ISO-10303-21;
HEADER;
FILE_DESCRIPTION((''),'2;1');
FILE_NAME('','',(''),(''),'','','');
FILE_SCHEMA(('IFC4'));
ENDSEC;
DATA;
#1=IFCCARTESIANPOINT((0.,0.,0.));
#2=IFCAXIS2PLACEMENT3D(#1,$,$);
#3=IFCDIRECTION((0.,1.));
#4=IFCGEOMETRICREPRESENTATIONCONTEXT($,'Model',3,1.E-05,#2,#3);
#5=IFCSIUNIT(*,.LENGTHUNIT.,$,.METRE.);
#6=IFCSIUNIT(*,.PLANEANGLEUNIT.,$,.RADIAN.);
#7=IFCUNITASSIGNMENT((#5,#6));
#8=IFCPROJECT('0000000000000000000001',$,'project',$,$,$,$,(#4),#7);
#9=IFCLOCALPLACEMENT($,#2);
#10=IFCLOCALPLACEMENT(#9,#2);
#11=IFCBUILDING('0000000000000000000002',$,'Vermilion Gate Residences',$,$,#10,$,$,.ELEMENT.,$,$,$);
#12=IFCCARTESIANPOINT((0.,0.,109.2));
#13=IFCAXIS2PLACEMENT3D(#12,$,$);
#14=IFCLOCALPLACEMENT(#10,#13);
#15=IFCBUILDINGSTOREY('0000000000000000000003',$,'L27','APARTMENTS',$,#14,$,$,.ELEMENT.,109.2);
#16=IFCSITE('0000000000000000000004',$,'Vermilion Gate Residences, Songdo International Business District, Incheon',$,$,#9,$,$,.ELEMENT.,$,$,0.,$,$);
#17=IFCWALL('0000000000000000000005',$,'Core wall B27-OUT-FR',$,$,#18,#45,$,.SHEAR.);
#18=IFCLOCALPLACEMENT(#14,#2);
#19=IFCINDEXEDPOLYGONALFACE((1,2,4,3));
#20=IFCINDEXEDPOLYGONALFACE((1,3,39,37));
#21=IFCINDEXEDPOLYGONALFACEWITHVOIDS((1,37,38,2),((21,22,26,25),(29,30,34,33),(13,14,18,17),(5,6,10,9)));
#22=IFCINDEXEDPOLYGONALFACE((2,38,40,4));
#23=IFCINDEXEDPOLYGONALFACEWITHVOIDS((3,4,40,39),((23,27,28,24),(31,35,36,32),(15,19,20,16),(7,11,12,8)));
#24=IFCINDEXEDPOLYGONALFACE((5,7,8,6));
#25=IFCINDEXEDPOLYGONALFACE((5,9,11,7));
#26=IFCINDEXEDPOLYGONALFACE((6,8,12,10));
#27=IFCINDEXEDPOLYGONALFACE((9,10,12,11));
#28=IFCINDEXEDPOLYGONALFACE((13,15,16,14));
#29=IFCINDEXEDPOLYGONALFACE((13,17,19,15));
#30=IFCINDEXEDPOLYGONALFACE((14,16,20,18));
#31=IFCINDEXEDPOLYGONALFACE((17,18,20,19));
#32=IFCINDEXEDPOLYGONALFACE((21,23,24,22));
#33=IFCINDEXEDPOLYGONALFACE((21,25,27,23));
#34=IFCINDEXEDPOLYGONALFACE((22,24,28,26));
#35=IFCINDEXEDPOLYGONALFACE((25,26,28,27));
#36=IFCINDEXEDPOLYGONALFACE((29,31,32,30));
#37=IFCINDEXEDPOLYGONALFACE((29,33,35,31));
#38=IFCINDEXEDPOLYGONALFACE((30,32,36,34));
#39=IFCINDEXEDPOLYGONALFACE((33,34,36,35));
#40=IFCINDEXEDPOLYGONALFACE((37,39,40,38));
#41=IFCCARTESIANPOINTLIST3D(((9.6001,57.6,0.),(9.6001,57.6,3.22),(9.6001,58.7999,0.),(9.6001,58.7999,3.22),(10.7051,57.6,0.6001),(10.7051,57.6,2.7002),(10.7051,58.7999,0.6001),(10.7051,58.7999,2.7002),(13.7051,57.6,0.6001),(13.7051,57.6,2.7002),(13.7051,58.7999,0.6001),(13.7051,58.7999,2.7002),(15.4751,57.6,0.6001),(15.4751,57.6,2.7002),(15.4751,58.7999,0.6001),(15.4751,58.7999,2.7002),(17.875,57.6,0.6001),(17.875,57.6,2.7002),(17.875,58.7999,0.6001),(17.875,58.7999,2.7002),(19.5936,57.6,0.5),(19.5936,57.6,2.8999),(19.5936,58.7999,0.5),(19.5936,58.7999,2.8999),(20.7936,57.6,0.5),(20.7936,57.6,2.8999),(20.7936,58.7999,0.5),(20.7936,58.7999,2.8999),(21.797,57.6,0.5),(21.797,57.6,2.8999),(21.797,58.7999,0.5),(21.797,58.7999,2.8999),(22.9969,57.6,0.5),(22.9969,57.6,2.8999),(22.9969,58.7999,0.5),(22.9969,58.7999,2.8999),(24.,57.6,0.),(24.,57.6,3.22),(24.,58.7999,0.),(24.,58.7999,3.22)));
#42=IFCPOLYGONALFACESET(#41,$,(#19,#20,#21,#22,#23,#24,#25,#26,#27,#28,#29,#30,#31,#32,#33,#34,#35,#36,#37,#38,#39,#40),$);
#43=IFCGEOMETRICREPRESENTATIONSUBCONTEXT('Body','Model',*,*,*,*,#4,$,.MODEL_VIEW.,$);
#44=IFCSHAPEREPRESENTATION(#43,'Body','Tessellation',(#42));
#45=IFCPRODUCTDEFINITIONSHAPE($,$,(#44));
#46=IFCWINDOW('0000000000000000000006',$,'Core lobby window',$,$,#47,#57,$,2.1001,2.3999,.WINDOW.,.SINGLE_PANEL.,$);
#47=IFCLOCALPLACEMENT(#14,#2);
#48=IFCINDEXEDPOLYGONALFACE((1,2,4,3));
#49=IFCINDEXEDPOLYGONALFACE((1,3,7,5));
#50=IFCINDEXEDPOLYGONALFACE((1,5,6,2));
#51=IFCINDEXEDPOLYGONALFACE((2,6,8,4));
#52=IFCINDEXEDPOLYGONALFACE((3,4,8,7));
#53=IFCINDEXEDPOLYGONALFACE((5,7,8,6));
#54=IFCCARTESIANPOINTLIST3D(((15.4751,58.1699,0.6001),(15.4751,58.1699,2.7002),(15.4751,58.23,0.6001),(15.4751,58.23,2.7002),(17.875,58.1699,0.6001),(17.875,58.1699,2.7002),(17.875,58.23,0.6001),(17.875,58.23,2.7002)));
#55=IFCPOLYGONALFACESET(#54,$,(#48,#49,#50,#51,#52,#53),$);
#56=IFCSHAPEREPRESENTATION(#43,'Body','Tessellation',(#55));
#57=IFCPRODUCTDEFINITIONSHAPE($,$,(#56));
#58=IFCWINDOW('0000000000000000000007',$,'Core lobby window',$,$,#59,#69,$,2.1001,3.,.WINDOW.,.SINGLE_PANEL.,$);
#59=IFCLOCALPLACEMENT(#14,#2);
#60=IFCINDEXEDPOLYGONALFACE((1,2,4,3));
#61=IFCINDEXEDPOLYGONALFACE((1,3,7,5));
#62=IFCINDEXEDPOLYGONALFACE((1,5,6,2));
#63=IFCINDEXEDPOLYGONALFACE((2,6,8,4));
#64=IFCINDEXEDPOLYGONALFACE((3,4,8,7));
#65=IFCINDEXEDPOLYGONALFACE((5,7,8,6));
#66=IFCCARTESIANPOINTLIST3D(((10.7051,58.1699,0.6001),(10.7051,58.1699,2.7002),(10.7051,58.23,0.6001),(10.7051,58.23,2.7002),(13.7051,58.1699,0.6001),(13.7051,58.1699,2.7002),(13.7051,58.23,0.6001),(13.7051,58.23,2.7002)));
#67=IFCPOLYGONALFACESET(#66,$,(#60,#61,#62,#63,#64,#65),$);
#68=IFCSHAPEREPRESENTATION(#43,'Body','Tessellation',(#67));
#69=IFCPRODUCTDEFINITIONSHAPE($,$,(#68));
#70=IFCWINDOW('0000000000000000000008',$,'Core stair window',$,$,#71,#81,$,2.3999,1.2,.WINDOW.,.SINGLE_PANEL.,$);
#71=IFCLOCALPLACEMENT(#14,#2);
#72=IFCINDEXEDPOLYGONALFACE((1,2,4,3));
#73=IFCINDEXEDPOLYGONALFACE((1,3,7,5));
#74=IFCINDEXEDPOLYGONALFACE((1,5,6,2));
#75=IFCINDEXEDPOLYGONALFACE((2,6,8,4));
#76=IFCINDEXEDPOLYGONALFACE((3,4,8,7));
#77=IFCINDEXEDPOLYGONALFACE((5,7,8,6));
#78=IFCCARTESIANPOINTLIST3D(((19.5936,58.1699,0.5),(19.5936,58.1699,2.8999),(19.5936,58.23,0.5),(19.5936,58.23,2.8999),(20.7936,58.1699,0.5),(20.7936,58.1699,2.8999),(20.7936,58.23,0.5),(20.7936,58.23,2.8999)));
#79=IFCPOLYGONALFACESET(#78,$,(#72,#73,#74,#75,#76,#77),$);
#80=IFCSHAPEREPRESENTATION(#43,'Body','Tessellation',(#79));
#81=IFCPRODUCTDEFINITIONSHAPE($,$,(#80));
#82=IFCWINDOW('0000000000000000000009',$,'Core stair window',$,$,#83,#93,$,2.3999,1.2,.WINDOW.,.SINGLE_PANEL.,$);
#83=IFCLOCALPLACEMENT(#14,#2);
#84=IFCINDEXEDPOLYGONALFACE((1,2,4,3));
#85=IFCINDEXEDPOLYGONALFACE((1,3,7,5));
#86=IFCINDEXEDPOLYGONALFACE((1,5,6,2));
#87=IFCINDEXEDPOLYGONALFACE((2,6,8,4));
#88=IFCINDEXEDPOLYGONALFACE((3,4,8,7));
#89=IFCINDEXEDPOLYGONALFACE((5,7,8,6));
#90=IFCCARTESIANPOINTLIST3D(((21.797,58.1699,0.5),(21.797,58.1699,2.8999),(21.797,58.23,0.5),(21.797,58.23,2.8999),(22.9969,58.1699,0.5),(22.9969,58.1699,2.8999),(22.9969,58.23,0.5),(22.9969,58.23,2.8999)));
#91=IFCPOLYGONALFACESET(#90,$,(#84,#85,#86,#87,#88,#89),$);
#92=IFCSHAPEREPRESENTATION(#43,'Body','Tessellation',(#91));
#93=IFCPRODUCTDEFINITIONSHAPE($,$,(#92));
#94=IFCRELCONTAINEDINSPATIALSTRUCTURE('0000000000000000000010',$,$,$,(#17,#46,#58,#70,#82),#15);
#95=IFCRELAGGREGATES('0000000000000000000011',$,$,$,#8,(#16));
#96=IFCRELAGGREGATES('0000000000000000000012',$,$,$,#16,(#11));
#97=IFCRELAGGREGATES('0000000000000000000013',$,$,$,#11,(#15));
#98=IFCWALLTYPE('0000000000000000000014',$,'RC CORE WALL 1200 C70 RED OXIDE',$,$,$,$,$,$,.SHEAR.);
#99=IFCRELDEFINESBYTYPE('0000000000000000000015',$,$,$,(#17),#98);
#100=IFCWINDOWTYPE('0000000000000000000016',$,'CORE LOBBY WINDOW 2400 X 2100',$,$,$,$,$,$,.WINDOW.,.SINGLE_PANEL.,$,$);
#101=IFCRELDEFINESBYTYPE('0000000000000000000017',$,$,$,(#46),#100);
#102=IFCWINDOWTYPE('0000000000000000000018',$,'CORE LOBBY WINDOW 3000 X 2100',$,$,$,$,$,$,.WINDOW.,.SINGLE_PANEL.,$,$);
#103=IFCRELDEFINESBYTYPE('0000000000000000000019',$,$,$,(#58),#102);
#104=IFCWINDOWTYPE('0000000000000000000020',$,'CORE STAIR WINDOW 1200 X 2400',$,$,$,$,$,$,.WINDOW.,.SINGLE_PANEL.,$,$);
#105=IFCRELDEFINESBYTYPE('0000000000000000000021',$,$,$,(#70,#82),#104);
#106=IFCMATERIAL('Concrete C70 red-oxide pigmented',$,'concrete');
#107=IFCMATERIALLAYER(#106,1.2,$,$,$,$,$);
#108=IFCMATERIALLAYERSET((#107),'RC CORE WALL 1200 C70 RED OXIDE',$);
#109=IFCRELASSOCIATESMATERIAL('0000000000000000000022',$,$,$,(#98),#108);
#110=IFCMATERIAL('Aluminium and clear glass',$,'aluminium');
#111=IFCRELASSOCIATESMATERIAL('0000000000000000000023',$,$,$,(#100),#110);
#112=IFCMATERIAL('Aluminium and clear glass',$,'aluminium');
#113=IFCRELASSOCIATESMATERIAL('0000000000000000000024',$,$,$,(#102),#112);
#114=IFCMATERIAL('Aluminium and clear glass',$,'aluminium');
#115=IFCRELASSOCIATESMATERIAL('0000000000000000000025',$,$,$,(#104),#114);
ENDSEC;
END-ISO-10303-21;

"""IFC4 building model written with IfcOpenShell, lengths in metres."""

from ifc_helpers import new_model, si_unit, direction, frame, frame_2d, origin, place, context, subcontext, project, spatial, rectangle, extrude, material, layer, layer_set, type_object, element, fill, save


model = new_model("IFC4")

# Units and contexts
model_context = context("Model", 3, precision=1e-05, world=origin(), true_north=direction((0.0, 1.0)))
body_context = subcontext(model_context, "Body", "Model", "MODEL_VIEW")
ifc_project = project(units=[si_unit("LENGTHUNIT", "METRE"), si_unit("PLANEANGLEUNIT", "RADIAN")], contexts=[model_context])

# Site, building, storey
site_placement = place(None, origin())
site = spatial("IfcSite", under=ifc_project, at=site_placement, Name="Vermilion Gate Residences, Songdo International Business District, Incheon", CompositionType="ELEMENT", RefElevation=0.0)
building_placement = place(site_placement, origin())
building = spatial("IfcBuilding", under=site, at=building_placement, Name="Vermilion Gate Residences", CompositionType="ELEMENT")
storey_placement = place(building_placement, frame((0.0, 0.0, 109.2)))
storey = spatial("IfcBuildingStorey", under=building, at=storey_placement, Name="L27", Description="APARTMENTS", CompositionType="ELEMENT", Elevation=109.2)

# Wall, openings, windows
ifc_material_1 = material(Name="Concrete C70 red-oxide pigmented", Category="concrete")
ifc_layer_1 = layer(ifc_material_1, 1.2)
ifc_layer_set_1 = layer_set([ifc_layer_1], Name="RC CORE WALL 1200 C70 RED OXIDE")
wall_type_1 = type_object("IfcWallType", Name="RC CORE WALL 1200 C70 RED OXIDE", PredefinedType="SHEAR", material=ifc_layer_set_1)
wall_1_placement = place(storey_placement, frame((9.6001, 58.2, 0.0), z_axis=(0.0, 0.0, 1.0), x_axis=(1.0, 0.0, 0.0)))
wall_1 = element("IfcWall", 1, at=wall_1_placement, inside=storey, type_object=wall_type_1, Name="Core wall B27-OUT-FR", PredefinedType="SHEAR", context=body_context, shape_type="SweptSolid", body=[
    extrude(rectangle(XDim=14.3999, YDim=1.2, at=frame_2d((7.2, 0.0))), origin(), (0.0, 0.0, 1.0), 3.22),
])
opening_1_placement = place(wall_1_placement, frame((1.105, 0.0, 0.6001)))
opening_1 = element("IfcOpeningElement", 2, at=opening_1_placement, cuts=wall_1, PredefinedType="OPENING", context=body_context, shape_type="SweptSolid", body=[
    extrude(rectangle(XDim=3.0, YDim=2.1001, at=frame_2d((1.5, 1.05))), frame((0.0, 0.6099, 0.0), z_axis=(0.0, -1.0, 0.0), x_axis=(1.0, 0.0, 0.0)), (0.0, 0.0, 1.0), 1.22),
])
opening_2_placement = place(wall_1_placement, frame((5.875, 0.0, 0.6001)))
opening_2 = element("IfcOpeningElement", 3, at=opening_2_placement, cuts=wall_1, PredefinedType="OPENING", context=body_context, shape_type="SweptSolid", body=[
    extrude(rectangle(XDim=2.3999, YDim=2.1001, at=frame_2d((1.2, 1.05))), frame((0.0, 0.6099, 0.0), z_axis=(0.0, -1.0, 0.0), x_axis=(1.0, 0.0, 0.0)), (0.0, 0.0, 1.0), 1.22),
])
opening_3_placement = place(wall_1_placement, frame((9.9934, 0.0, 0.5)))
opening_3 = element("IfcOpeningElement", 4, at=opening_3_placement, cuts=wall_1, PredefinedType="OPENING", context=body_context, shape_type="SweptSolid", body=[
    extrude(rectangle(XDim=1.2, YDim=2.3999, at=frame_2d((0.6001, 1.2))), frame((0.0, 0.6099, 0.0), z_axis=(0.0, -1.0, 0.0), x_axis=(1.0, 0.0, 0.0)), (0.0, 0.0, 1.0), 1.22),
])
opening_4_placement = place(wall_1_placement, frame((12.1968, 0.0, 0.5)))
opening_4 = element("IfcOpeningElement", 5, at=opening_4_placement, cuts=wall_1, PredefinedType="OPENING", context=body_context, shape_type="SweptSolid", body=[
    extrude(rectangle(XDim=1.2, YDim=2.3999, at=frame_2d((0.6001, 1.2))), frame((0.0, 0.6099, 0.0), z_axis=(0.0, -1.0, 0.0), x_axis=(1.0, 0.0, 0.0)), (0.0, 0.0, 1.0), 1.22),
])
ifc_material_2 = material(Name="Aluminium and clear glass", Category="aluminium")
window_type_1 = type_object("IfcWindowType", Name="CORE LOBBY WINDOW 2400 X 2100", PartitioningType="SINGLE_PANEL", PredefinedType="WINDOW", material=ifc_material_2)
window_1_placement = place(opening_2_placement, origin())
window_1 = element("IfcWindow", 6, at=window_1_placement, inside=storey, type_object=window_type_1, Name="Core lobby window", OverallHeight=2.1001, OverallWidth=2.3999, PartitioningType="SINGLE_PANEL", PredefinedType="WINDOW", context=body_context, shape_type="SweptSolid", body=[
    extrude(rectangle(XDim=2.3999, YDim=2.1001, at=frame_2d((1.2, 1.05))), frame((0.0, 0.03, 0.0), z_axis=(0.0, -1.0, 0.0), x_axis=(1.0, 0.0, 0.0)), (0.0, 0.0, 1.0), 0.0601),
])
fill(opening_2, window_1)
ifc_material_3 = material(Name="Aluminium and clear glass", Category="aluminium")
window_type_2 = type_object("IfcWindowType", Name="CORE LOBBY WINDOW 3000 X 2100", PartitioningType="SINGLE_PANEL", PredefinedType="WINDOW", material=ifc_material_3)
window_2_placement = place(opening_1_placement, origin())
window_2 = element("IfcWindow", 7, at=window_2_placement, inside=storey, type_object=window_type_2, Name="Core lobby window", OverallHeight=2.1001, OverallWidth=3.0, PartitioningType="SINGLE_PANEL", PredefinedType="WINDOW", context=body_context, shape_type="SweptSolid", body=[
    extrude(rectangle(XDim=3.0, YDim=2.1001, at=frame_2d((1.5, 1.05))), frame((0.0, 0.03, 0.0), z_axis=(0.0, -1.0, 0.0), x_axis=(1.0, 0.0, 0.0)), (0.0, 0.0, 1.0), 0.0601),
])
fill(opening_1, window_2)
ifc_material_4 = material(Name="Aluminium and clear glass", Category="aluminium")
window_type_3 = type_object("IfcWindowType", Name="CORE STAIR WINDOW 1200 X 2400", PartitioningType="SINGLE_PANEL", PredefinedType="WINDOW", material=ifc_material_4)
window_3_placement = place(opening_3_placement, origin())
window_3 = element("IfcWindow", 8, at=window_3_placement, inside=storey, type_object=window_type_3, Name="Core stair window", OverallHeight=2.3999, OverallWidth=1.2, PartitioningType="SINGLE_PANEL", PredefinedType="WINDOW", context=body_context, shape_type="SweptSolid", body=[
    extrude(rectangle(XDim=1.2, YDim=2.3999, at=frame_2d((0.6001, 1.2))), frame((0.0, 0.03, 0.0), z_axis=(0.0, -1.0, 0.0), x_axis=(1.0, 0.0, 0.0)), (0.0, 0.0, 1.0), 0.0601),
])
fill(opening_3, window_3)
window_4_placement = place(opening_4_placement, origin())
window_4 = element("IfcWindow", 9, at=window_4_placement, inside=storey, type_object=window_type_3, Name="Core stair window", OverallHeight=2.3999, OverallWidth=1.2, PartitioningType="SINGLE_PANEL", PredefinedType="WINDOW", context=body_context, shape_type="SweptSolid", body=[
    extrude(rectangle(XDim=1.2, YDim=2.3999, at=frame_2d((0.6001, 1.2))), frame((0.0, 0.03, 0.0), z_axis=(0.0, -1.0, 0.0), x_axis=(1.0, 0.0, 0.0)), (0.0, 0.0, 1.0), 0.0601),
])
fill(opening_4, window_4)

save(model, "model.ifc")
